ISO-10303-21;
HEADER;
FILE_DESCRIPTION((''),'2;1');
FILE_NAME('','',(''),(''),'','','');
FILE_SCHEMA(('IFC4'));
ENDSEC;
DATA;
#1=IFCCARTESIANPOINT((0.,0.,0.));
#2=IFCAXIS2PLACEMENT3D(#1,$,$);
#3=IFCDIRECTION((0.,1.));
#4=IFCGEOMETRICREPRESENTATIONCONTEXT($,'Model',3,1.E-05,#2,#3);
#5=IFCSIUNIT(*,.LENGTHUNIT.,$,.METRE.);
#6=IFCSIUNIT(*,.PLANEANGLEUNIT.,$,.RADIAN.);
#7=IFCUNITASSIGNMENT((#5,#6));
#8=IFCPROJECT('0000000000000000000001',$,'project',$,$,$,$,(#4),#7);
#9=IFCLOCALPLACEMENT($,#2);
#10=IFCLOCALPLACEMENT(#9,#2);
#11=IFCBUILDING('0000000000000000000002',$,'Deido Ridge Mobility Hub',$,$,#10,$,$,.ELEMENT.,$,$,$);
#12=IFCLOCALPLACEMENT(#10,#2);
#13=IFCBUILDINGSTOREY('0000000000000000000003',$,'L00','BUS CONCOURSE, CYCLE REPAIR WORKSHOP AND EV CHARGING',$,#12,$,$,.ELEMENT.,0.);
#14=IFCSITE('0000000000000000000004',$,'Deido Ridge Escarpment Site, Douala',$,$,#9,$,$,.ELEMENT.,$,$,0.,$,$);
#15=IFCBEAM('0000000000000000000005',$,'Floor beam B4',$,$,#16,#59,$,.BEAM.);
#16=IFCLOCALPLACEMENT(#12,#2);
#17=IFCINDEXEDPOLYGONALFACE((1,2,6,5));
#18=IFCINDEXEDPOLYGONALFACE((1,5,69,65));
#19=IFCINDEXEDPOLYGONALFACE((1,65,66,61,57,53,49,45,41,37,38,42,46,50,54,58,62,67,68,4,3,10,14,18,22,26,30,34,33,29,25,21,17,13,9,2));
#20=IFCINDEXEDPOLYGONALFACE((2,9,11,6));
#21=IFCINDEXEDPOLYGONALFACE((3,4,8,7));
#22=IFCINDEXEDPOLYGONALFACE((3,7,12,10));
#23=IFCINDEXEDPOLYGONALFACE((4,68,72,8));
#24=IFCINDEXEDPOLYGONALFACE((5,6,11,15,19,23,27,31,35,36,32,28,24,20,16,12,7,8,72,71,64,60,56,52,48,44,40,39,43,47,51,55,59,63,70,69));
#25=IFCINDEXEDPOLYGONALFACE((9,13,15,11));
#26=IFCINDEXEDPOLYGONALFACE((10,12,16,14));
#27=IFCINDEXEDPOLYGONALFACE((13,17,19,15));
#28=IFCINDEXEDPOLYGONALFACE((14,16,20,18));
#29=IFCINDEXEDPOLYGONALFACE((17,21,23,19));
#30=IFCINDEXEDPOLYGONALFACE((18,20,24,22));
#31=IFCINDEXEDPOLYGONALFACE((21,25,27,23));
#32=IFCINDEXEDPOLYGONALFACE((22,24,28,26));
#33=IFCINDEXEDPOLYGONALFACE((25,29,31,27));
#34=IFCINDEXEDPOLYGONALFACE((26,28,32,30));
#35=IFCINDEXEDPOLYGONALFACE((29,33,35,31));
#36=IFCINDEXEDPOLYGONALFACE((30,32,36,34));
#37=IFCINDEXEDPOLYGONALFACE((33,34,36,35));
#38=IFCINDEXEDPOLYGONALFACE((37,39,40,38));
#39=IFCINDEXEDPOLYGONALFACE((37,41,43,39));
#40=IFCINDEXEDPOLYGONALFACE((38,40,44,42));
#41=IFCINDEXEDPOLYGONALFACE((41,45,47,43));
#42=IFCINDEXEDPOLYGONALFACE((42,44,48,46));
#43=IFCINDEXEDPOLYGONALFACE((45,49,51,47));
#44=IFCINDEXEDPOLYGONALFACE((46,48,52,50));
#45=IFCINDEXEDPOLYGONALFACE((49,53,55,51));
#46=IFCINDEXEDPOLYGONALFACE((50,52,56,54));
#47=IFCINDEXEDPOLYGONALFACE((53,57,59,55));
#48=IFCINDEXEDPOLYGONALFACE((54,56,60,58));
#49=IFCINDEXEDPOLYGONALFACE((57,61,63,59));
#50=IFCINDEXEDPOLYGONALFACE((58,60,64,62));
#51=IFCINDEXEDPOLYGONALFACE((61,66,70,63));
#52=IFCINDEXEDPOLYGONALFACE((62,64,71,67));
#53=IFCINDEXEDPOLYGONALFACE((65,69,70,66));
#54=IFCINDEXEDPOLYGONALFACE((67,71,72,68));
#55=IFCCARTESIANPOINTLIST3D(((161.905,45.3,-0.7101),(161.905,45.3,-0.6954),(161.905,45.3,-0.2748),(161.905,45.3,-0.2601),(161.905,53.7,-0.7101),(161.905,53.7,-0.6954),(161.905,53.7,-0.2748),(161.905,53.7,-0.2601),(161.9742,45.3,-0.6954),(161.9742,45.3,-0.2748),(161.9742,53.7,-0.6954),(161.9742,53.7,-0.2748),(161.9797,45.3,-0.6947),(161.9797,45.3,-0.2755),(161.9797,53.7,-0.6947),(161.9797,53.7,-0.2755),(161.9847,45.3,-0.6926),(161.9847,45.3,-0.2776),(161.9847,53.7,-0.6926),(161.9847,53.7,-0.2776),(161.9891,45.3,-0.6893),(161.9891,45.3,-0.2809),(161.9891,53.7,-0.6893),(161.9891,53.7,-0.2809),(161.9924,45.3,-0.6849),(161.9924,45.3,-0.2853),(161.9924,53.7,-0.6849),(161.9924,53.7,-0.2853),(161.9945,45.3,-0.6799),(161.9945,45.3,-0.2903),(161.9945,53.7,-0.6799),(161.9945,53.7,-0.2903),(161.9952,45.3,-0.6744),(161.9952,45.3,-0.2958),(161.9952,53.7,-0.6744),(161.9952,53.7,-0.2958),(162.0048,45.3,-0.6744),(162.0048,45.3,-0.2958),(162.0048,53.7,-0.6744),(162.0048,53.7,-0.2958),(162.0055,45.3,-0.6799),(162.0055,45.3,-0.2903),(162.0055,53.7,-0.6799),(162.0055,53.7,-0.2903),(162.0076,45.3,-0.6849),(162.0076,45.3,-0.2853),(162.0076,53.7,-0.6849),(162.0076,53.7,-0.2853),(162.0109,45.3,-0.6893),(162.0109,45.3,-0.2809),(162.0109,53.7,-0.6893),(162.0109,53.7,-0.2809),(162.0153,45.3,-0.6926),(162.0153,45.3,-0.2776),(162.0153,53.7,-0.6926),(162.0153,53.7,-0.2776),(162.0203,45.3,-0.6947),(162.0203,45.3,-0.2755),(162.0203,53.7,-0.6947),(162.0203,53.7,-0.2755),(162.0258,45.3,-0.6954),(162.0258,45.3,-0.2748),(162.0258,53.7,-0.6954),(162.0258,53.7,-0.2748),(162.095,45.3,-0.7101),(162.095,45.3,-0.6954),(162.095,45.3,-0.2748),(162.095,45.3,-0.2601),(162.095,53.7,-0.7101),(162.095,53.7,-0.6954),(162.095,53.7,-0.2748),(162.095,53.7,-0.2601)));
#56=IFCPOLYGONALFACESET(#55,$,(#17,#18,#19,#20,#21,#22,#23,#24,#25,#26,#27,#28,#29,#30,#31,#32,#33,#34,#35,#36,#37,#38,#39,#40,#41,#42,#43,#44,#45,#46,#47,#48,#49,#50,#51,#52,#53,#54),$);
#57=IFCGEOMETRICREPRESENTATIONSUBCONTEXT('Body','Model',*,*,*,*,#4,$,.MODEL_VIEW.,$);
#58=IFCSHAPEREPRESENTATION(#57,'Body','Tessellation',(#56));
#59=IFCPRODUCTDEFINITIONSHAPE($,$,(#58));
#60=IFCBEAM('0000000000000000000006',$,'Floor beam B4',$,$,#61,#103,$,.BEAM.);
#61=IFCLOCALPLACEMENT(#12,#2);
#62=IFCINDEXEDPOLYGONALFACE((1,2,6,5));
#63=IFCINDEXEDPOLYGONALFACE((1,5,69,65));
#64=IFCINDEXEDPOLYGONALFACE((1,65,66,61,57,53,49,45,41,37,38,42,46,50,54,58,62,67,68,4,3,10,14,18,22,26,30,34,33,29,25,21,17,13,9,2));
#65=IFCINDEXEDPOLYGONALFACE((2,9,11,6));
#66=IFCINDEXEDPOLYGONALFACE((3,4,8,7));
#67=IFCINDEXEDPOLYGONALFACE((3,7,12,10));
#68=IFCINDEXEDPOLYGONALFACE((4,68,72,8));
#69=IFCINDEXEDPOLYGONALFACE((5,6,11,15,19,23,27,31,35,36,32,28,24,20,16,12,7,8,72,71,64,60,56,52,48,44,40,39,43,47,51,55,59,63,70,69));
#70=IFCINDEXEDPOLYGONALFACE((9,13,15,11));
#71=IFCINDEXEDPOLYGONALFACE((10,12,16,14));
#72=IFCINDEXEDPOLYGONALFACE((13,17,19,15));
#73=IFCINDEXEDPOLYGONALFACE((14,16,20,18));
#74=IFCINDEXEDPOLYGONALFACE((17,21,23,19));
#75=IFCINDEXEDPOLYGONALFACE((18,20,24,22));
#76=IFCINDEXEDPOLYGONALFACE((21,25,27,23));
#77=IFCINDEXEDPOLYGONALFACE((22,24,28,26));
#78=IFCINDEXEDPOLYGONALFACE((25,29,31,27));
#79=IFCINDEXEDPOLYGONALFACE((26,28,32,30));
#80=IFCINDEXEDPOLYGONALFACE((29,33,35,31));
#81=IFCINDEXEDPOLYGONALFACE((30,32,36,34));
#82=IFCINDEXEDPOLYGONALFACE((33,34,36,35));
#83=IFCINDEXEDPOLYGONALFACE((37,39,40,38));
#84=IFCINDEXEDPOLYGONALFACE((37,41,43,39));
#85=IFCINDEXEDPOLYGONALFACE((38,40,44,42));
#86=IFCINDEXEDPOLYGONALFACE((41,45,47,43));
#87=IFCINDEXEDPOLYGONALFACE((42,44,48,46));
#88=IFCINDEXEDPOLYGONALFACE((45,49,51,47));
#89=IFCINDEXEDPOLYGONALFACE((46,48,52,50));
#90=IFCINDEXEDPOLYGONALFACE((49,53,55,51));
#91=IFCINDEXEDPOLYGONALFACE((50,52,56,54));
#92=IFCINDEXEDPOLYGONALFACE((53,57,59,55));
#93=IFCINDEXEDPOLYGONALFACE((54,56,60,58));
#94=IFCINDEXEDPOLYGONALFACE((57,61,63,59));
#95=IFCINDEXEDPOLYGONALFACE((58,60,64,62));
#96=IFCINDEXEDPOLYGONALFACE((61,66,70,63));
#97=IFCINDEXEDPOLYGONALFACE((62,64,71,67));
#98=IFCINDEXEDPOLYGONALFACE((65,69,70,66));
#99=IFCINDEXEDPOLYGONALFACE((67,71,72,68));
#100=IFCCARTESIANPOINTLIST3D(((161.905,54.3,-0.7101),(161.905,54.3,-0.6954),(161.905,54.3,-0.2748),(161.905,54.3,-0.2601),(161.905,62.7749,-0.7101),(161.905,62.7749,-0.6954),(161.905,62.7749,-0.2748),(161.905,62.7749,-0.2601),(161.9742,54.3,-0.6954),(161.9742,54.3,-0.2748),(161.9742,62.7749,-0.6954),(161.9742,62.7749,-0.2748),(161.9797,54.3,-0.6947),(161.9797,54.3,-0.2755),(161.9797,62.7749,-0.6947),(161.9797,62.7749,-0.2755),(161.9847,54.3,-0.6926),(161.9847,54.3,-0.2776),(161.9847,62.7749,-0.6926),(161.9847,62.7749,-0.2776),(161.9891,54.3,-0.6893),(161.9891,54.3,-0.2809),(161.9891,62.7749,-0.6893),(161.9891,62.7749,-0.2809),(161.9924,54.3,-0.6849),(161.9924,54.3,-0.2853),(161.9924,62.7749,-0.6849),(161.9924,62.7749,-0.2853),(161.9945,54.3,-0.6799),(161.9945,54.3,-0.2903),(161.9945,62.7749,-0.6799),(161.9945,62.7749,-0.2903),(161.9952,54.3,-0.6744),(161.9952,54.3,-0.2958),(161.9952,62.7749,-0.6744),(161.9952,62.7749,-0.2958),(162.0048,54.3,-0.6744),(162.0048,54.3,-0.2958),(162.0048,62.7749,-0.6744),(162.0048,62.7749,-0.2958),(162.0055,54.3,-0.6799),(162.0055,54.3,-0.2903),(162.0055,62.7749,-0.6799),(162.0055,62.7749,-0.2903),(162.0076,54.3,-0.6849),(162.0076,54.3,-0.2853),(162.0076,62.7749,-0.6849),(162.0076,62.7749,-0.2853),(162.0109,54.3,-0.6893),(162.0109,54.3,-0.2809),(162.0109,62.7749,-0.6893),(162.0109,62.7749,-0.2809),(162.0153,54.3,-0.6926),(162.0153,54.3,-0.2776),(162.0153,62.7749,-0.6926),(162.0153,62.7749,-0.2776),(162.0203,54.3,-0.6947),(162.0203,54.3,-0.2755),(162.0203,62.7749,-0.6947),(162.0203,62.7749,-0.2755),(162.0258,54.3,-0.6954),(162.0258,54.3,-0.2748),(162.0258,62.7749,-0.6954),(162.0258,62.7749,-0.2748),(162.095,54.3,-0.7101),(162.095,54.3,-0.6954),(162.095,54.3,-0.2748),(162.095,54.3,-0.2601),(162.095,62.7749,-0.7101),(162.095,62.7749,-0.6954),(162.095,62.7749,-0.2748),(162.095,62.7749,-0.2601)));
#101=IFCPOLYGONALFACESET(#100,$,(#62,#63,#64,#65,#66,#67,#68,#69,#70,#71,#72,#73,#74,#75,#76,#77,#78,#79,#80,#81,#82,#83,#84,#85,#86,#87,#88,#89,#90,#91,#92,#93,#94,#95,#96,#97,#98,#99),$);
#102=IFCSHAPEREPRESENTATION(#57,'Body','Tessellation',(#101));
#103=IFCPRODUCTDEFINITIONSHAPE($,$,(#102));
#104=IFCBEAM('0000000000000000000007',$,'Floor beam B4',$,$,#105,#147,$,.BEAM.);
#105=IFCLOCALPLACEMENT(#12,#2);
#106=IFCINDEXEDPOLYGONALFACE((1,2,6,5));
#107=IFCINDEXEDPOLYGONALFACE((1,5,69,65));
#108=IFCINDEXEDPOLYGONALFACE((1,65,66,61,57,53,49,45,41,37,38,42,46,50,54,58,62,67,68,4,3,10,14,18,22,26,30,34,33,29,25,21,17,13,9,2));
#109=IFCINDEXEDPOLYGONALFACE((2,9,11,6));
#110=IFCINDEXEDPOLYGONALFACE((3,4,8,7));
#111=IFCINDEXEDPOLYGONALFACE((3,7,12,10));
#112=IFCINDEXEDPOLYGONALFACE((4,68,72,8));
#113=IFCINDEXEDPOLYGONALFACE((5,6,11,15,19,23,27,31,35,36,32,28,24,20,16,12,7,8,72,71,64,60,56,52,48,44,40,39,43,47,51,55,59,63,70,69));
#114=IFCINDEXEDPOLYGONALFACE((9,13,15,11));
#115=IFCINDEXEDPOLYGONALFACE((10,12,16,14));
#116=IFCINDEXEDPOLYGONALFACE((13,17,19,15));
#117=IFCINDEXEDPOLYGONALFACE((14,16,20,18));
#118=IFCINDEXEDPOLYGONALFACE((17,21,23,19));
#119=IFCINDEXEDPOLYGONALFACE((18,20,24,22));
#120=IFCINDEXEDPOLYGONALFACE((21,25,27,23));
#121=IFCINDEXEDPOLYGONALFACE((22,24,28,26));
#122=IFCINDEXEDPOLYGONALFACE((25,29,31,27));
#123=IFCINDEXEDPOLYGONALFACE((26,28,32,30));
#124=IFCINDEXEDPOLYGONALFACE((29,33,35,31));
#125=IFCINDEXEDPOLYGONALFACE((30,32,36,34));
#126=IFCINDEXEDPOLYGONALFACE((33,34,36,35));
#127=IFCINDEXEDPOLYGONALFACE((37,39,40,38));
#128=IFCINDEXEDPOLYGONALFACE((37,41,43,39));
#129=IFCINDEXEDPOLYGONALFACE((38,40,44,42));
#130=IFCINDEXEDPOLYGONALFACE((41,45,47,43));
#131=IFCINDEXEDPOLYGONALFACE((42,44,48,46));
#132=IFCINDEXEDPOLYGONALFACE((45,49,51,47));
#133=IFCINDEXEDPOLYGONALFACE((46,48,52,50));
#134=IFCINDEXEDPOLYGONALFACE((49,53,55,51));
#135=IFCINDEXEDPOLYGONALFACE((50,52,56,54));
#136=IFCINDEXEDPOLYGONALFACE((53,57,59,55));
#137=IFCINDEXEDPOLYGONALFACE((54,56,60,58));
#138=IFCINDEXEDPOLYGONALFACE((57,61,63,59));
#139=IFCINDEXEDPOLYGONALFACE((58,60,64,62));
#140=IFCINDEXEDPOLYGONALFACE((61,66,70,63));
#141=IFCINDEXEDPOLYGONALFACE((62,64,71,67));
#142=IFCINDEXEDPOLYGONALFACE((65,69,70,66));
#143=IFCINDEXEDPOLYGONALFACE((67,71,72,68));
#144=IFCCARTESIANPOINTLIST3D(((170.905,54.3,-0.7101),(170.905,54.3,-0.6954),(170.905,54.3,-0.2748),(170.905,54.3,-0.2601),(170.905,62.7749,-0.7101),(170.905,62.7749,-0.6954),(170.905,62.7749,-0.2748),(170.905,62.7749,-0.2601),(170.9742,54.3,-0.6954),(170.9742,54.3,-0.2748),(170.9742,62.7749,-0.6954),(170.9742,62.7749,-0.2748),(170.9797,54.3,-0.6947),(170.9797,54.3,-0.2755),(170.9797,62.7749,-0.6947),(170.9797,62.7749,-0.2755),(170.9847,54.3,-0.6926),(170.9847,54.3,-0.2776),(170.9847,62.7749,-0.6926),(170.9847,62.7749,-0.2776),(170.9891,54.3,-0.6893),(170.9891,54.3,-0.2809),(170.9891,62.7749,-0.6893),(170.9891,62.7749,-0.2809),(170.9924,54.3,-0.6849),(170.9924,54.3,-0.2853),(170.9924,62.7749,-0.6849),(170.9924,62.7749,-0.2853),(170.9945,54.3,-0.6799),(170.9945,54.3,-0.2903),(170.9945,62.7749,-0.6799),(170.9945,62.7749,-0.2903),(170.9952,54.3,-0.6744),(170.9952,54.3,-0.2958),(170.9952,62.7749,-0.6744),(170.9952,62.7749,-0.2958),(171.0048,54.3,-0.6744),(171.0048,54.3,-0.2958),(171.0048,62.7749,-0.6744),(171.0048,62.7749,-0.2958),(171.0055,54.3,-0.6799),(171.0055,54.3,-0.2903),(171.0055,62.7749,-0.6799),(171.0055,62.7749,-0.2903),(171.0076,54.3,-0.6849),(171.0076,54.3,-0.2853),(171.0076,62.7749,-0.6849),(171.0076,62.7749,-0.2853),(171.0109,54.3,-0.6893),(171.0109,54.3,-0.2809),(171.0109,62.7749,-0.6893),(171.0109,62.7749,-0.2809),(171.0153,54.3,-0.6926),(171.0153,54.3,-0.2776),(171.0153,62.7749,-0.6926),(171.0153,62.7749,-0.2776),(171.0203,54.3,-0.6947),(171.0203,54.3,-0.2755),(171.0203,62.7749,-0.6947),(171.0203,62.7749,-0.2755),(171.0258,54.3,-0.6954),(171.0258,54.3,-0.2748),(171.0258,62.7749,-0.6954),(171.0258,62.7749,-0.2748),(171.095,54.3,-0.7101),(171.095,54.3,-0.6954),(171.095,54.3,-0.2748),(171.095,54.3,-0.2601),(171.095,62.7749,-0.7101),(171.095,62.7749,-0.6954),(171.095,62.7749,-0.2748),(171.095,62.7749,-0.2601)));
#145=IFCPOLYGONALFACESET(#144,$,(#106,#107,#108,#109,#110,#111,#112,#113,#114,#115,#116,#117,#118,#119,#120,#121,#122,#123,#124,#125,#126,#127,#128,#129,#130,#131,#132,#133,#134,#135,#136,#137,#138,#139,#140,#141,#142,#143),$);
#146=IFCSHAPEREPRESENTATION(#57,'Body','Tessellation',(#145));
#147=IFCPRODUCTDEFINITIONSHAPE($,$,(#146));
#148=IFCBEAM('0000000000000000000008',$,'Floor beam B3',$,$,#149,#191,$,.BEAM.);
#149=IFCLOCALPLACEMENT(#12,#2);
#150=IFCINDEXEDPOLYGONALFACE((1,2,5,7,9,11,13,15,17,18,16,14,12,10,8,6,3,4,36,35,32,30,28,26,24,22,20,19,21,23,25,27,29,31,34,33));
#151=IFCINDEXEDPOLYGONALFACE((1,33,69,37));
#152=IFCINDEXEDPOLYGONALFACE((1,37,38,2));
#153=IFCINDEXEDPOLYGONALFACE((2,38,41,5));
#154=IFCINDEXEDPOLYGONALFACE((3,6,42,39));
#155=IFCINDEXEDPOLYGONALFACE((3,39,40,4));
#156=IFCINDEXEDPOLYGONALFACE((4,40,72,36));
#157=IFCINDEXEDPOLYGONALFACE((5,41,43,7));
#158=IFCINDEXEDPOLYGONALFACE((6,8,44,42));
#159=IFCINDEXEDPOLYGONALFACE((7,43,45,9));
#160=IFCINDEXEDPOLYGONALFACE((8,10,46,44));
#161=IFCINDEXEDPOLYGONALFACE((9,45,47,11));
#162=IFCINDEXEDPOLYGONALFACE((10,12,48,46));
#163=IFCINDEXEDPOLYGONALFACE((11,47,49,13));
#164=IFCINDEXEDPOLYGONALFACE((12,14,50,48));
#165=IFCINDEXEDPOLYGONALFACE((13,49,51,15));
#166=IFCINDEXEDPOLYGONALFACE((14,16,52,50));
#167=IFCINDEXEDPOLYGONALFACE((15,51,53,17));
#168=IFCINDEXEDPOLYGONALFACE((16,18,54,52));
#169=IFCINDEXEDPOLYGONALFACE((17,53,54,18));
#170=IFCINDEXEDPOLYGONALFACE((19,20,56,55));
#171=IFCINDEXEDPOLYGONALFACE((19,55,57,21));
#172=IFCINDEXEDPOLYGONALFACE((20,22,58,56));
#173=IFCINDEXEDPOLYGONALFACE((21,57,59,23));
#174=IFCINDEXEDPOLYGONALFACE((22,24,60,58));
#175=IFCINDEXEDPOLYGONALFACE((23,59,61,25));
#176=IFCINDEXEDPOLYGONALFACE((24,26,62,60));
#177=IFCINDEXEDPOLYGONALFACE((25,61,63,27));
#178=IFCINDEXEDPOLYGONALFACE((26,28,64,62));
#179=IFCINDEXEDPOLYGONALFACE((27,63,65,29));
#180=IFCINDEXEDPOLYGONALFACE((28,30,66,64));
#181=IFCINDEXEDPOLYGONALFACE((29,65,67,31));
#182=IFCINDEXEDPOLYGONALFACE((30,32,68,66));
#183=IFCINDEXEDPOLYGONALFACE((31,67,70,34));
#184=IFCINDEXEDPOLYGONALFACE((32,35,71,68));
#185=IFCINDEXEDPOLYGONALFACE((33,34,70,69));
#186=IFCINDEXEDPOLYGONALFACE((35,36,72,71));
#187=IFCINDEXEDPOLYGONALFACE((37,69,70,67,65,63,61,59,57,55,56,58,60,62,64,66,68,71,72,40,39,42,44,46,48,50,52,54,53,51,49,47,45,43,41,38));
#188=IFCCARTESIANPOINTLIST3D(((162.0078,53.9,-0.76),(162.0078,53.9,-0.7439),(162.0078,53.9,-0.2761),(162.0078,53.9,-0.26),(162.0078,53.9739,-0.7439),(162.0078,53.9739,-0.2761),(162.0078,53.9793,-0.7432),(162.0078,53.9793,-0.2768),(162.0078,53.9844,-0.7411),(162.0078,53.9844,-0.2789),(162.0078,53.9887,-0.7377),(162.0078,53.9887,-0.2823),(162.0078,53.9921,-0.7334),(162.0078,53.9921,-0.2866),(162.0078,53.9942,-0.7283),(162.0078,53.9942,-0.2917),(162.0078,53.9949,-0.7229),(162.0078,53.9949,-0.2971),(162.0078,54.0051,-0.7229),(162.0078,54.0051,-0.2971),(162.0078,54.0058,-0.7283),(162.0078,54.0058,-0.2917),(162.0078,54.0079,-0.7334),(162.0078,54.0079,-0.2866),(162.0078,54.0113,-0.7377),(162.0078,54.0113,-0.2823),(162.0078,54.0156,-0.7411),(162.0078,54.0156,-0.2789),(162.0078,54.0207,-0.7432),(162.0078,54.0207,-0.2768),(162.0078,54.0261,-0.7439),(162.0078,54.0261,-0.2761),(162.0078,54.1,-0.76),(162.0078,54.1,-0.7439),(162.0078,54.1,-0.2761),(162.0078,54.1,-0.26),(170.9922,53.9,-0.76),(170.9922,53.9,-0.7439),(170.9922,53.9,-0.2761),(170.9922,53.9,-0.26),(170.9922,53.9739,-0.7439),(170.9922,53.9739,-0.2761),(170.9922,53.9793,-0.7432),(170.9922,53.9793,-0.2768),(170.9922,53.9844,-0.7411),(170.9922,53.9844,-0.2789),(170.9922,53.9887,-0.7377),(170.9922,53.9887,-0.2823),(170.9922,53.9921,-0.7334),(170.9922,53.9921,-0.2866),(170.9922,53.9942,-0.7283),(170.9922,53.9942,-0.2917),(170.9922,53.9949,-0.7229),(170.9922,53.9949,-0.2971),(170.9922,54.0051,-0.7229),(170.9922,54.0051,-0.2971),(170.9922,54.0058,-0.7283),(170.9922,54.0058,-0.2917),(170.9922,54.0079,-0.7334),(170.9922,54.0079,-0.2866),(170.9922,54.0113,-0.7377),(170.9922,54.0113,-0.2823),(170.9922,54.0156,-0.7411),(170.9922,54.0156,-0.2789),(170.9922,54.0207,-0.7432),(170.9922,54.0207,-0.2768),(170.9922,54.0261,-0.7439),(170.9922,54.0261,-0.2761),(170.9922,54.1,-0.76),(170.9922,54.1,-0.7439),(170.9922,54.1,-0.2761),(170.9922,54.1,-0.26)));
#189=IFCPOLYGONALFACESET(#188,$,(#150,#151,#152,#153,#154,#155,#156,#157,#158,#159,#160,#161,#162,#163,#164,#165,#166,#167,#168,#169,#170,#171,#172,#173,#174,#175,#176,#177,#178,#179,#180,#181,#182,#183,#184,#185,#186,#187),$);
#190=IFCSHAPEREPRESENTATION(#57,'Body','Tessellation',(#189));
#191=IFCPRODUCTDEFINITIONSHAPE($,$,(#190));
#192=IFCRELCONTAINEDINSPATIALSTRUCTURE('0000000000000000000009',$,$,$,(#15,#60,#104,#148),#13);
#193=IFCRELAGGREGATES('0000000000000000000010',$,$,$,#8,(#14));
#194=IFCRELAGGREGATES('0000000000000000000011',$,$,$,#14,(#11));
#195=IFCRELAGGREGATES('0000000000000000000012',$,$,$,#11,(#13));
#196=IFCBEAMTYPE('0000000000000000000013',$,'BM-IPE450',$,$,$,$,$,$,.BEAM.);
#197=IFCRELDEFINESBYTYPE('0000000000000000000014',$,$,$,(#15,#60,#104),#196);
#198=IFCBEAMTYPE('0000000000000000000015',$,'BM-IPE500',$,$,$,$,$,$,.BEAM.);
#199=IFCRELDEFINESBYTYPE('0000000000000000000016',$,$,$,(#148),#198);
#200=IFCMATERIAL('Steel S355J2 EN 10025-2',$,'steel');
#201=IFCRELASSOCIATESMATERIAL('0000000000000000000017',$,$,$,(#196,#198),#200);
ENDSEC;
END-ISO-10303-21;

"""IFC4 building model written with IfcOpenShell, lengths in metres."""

from ifc_helpers import new_model, si_unit, direction, frame, origin, origin_2d, place, context, subcontext, project, spatial, i_section, extrude, material, material_profile, profile_set, type_object, element, save


model = new_model("IFC4")

# Units and contexts
model_context = context("Model", 3, precision=1e-05, world=origin(), true_north=direction((0.0, 1.0)))
body_context = subcontext(model_context, "Body", "Model", "MODEL_VIEW")
ifc_project = project(units=[si_unit("LENGTHUNIT", "METRE"), si_unit("PLANEANGLEUNIT", "RADIAN")], contexts=[model_context])

# Site, building, storey
site_placement = place(None, origin())
site = spatial("IfcSite", under=ifc_project, at=site_placement, Name="Deido Ridge Escarpment Site, Douala", CompositionType="ELEMENT", RefElevation=0.0)
building_placement = place(site_placement, origin())
building = spatial("IfcBuilding", under=site, at=building_placement, Name="Deido Ridge Mobility Hub", CompositionType="ELEMENT")
storey_placement = place(building_placement, origin())
storey = spatial("IfcBuildingStorey", under=building, at=storey_placement, Name="L00", Description="BUS CONCOURSE, CYCLE REPAIR WORKSHOP AND EV CHARGING", CompositionType="ELEMENT", Elevation=0.0)

# Shared definitions
ifc_material_1 = material(Name="Steel S355J2 EN 10025-2", Category="steel")

# Beams
ifc_material_profile_1 = material_profile(ifc_material_1, i_section(OverallWidth=0.1899, OverallDepth=0.45, WebThickness=0.0095, FlangeThickness=0.0146, FilletRadius=0.021, at=origin_2d()), Name="IPE 450")
ifc_profile_set_1 = profile_set([ifc_material_profile_1], Name="Steel S355J2 EN 10025-2")
beam_type_1 = type_object("IfcBeamType", Name="BM-IPE450", PredefinedType="BEAM", material=ifc_profile_set_1)
beam_1_placement = place(storey_placement, frame((162.0, 45.3, -0.4851), z_axis=(0.0, 1.0, 0.0), x_axis=(-1.0, 0.0, 0.0)))
element("IfcBeam", 1, at=beam_1_placement, inside=storey, type_object=beam_type_1, Name="Floor beam B4", PredefinedType="BEAM", context=body_context, shape_type="SweptSolid", body=[
    extrude(i_section(OverallWidth=0.1899, OverallDepth=0.45, WebThickness=0.0095, FlangeThickness=0.0146, FilletRadius=0.021, at=origin_2d()), origin(), (0.0, 0.0, 1.0), 8.3999),
])
for number, where, z_axis, x_axis, name in (
    (2, (162.0, 54.3, -0.4851), (0.0, 1.0, 0.0), (-1.0, 0.0, 0.0), "Floor beam B4"),
    (3, (171.0, 54.3, -0.4851), (0.0, 1.0, 0.0), (-1.0, 0.0, 0.0), "Floor beam B4"),
):
    element("IfcBeam", number, at=place(storey_placement, frame(where, z_axis=z_axis, x_axis=x_axis)), inside=storey, type_object=beam_type_1, Name=name, PredefinedType="BEAM", context=body_context, shape_type="SweptSolid", body=[
        extrude(i_section(OverallWidth=0.1899, OverallDepth=0.45, WebThickness=0.0095, FlangeThickness=0.0146, FilletRadius=0.021, at=origin_2d()), origin(), (0.0, 0.0, 1.0), 8.4749),
    ])
ifc_material_profile_2 = material_profile(ifc_material_1, i_section(OverallWidth=0.2, OverallDepth=0.5, WebThickness=0.0103, FlangeThickness=0.0161, FilletRadius=0.021, at=origin_2d()), Name="IPE 500")
ifc_profile_set_2 = profile_set([ifc_material_profile_2], Name="Steel S355J2 EN 10025-2")
beam_type_2 = type_object("IfcBeamType", Name="BM-IPE500", PredefinedType="BEAM", material=ifc_profile_set_2)
for number, where, z_axis, x_axis, name in (
    (4, (162.0078, 54.0, -0.51), (1.0, 0.0, 0.0), (0.0, 1.0, 0.0), "Floor beam B3"),
):
    element("IfcBeam", number, at=place(storey_placement, frame(where, z_axis=z_axis, x_axis=x_axis)), inside=storey, type_object=beam_type_2, Name=name, PredefinedType="BEAM", context=body_context, shape_type="SweptSolid", body=[
        extrude(i_section(OverallWidth=0.2, OverallDepth=0.5, WebThickness=0.0103, FlangeThickness=0.0161, FilletRadius=0.021, at=origin_2d()), origin(), (0.0, 0.0, 1.0), 8.9844),
    ])

save(model, "model.ifc")
